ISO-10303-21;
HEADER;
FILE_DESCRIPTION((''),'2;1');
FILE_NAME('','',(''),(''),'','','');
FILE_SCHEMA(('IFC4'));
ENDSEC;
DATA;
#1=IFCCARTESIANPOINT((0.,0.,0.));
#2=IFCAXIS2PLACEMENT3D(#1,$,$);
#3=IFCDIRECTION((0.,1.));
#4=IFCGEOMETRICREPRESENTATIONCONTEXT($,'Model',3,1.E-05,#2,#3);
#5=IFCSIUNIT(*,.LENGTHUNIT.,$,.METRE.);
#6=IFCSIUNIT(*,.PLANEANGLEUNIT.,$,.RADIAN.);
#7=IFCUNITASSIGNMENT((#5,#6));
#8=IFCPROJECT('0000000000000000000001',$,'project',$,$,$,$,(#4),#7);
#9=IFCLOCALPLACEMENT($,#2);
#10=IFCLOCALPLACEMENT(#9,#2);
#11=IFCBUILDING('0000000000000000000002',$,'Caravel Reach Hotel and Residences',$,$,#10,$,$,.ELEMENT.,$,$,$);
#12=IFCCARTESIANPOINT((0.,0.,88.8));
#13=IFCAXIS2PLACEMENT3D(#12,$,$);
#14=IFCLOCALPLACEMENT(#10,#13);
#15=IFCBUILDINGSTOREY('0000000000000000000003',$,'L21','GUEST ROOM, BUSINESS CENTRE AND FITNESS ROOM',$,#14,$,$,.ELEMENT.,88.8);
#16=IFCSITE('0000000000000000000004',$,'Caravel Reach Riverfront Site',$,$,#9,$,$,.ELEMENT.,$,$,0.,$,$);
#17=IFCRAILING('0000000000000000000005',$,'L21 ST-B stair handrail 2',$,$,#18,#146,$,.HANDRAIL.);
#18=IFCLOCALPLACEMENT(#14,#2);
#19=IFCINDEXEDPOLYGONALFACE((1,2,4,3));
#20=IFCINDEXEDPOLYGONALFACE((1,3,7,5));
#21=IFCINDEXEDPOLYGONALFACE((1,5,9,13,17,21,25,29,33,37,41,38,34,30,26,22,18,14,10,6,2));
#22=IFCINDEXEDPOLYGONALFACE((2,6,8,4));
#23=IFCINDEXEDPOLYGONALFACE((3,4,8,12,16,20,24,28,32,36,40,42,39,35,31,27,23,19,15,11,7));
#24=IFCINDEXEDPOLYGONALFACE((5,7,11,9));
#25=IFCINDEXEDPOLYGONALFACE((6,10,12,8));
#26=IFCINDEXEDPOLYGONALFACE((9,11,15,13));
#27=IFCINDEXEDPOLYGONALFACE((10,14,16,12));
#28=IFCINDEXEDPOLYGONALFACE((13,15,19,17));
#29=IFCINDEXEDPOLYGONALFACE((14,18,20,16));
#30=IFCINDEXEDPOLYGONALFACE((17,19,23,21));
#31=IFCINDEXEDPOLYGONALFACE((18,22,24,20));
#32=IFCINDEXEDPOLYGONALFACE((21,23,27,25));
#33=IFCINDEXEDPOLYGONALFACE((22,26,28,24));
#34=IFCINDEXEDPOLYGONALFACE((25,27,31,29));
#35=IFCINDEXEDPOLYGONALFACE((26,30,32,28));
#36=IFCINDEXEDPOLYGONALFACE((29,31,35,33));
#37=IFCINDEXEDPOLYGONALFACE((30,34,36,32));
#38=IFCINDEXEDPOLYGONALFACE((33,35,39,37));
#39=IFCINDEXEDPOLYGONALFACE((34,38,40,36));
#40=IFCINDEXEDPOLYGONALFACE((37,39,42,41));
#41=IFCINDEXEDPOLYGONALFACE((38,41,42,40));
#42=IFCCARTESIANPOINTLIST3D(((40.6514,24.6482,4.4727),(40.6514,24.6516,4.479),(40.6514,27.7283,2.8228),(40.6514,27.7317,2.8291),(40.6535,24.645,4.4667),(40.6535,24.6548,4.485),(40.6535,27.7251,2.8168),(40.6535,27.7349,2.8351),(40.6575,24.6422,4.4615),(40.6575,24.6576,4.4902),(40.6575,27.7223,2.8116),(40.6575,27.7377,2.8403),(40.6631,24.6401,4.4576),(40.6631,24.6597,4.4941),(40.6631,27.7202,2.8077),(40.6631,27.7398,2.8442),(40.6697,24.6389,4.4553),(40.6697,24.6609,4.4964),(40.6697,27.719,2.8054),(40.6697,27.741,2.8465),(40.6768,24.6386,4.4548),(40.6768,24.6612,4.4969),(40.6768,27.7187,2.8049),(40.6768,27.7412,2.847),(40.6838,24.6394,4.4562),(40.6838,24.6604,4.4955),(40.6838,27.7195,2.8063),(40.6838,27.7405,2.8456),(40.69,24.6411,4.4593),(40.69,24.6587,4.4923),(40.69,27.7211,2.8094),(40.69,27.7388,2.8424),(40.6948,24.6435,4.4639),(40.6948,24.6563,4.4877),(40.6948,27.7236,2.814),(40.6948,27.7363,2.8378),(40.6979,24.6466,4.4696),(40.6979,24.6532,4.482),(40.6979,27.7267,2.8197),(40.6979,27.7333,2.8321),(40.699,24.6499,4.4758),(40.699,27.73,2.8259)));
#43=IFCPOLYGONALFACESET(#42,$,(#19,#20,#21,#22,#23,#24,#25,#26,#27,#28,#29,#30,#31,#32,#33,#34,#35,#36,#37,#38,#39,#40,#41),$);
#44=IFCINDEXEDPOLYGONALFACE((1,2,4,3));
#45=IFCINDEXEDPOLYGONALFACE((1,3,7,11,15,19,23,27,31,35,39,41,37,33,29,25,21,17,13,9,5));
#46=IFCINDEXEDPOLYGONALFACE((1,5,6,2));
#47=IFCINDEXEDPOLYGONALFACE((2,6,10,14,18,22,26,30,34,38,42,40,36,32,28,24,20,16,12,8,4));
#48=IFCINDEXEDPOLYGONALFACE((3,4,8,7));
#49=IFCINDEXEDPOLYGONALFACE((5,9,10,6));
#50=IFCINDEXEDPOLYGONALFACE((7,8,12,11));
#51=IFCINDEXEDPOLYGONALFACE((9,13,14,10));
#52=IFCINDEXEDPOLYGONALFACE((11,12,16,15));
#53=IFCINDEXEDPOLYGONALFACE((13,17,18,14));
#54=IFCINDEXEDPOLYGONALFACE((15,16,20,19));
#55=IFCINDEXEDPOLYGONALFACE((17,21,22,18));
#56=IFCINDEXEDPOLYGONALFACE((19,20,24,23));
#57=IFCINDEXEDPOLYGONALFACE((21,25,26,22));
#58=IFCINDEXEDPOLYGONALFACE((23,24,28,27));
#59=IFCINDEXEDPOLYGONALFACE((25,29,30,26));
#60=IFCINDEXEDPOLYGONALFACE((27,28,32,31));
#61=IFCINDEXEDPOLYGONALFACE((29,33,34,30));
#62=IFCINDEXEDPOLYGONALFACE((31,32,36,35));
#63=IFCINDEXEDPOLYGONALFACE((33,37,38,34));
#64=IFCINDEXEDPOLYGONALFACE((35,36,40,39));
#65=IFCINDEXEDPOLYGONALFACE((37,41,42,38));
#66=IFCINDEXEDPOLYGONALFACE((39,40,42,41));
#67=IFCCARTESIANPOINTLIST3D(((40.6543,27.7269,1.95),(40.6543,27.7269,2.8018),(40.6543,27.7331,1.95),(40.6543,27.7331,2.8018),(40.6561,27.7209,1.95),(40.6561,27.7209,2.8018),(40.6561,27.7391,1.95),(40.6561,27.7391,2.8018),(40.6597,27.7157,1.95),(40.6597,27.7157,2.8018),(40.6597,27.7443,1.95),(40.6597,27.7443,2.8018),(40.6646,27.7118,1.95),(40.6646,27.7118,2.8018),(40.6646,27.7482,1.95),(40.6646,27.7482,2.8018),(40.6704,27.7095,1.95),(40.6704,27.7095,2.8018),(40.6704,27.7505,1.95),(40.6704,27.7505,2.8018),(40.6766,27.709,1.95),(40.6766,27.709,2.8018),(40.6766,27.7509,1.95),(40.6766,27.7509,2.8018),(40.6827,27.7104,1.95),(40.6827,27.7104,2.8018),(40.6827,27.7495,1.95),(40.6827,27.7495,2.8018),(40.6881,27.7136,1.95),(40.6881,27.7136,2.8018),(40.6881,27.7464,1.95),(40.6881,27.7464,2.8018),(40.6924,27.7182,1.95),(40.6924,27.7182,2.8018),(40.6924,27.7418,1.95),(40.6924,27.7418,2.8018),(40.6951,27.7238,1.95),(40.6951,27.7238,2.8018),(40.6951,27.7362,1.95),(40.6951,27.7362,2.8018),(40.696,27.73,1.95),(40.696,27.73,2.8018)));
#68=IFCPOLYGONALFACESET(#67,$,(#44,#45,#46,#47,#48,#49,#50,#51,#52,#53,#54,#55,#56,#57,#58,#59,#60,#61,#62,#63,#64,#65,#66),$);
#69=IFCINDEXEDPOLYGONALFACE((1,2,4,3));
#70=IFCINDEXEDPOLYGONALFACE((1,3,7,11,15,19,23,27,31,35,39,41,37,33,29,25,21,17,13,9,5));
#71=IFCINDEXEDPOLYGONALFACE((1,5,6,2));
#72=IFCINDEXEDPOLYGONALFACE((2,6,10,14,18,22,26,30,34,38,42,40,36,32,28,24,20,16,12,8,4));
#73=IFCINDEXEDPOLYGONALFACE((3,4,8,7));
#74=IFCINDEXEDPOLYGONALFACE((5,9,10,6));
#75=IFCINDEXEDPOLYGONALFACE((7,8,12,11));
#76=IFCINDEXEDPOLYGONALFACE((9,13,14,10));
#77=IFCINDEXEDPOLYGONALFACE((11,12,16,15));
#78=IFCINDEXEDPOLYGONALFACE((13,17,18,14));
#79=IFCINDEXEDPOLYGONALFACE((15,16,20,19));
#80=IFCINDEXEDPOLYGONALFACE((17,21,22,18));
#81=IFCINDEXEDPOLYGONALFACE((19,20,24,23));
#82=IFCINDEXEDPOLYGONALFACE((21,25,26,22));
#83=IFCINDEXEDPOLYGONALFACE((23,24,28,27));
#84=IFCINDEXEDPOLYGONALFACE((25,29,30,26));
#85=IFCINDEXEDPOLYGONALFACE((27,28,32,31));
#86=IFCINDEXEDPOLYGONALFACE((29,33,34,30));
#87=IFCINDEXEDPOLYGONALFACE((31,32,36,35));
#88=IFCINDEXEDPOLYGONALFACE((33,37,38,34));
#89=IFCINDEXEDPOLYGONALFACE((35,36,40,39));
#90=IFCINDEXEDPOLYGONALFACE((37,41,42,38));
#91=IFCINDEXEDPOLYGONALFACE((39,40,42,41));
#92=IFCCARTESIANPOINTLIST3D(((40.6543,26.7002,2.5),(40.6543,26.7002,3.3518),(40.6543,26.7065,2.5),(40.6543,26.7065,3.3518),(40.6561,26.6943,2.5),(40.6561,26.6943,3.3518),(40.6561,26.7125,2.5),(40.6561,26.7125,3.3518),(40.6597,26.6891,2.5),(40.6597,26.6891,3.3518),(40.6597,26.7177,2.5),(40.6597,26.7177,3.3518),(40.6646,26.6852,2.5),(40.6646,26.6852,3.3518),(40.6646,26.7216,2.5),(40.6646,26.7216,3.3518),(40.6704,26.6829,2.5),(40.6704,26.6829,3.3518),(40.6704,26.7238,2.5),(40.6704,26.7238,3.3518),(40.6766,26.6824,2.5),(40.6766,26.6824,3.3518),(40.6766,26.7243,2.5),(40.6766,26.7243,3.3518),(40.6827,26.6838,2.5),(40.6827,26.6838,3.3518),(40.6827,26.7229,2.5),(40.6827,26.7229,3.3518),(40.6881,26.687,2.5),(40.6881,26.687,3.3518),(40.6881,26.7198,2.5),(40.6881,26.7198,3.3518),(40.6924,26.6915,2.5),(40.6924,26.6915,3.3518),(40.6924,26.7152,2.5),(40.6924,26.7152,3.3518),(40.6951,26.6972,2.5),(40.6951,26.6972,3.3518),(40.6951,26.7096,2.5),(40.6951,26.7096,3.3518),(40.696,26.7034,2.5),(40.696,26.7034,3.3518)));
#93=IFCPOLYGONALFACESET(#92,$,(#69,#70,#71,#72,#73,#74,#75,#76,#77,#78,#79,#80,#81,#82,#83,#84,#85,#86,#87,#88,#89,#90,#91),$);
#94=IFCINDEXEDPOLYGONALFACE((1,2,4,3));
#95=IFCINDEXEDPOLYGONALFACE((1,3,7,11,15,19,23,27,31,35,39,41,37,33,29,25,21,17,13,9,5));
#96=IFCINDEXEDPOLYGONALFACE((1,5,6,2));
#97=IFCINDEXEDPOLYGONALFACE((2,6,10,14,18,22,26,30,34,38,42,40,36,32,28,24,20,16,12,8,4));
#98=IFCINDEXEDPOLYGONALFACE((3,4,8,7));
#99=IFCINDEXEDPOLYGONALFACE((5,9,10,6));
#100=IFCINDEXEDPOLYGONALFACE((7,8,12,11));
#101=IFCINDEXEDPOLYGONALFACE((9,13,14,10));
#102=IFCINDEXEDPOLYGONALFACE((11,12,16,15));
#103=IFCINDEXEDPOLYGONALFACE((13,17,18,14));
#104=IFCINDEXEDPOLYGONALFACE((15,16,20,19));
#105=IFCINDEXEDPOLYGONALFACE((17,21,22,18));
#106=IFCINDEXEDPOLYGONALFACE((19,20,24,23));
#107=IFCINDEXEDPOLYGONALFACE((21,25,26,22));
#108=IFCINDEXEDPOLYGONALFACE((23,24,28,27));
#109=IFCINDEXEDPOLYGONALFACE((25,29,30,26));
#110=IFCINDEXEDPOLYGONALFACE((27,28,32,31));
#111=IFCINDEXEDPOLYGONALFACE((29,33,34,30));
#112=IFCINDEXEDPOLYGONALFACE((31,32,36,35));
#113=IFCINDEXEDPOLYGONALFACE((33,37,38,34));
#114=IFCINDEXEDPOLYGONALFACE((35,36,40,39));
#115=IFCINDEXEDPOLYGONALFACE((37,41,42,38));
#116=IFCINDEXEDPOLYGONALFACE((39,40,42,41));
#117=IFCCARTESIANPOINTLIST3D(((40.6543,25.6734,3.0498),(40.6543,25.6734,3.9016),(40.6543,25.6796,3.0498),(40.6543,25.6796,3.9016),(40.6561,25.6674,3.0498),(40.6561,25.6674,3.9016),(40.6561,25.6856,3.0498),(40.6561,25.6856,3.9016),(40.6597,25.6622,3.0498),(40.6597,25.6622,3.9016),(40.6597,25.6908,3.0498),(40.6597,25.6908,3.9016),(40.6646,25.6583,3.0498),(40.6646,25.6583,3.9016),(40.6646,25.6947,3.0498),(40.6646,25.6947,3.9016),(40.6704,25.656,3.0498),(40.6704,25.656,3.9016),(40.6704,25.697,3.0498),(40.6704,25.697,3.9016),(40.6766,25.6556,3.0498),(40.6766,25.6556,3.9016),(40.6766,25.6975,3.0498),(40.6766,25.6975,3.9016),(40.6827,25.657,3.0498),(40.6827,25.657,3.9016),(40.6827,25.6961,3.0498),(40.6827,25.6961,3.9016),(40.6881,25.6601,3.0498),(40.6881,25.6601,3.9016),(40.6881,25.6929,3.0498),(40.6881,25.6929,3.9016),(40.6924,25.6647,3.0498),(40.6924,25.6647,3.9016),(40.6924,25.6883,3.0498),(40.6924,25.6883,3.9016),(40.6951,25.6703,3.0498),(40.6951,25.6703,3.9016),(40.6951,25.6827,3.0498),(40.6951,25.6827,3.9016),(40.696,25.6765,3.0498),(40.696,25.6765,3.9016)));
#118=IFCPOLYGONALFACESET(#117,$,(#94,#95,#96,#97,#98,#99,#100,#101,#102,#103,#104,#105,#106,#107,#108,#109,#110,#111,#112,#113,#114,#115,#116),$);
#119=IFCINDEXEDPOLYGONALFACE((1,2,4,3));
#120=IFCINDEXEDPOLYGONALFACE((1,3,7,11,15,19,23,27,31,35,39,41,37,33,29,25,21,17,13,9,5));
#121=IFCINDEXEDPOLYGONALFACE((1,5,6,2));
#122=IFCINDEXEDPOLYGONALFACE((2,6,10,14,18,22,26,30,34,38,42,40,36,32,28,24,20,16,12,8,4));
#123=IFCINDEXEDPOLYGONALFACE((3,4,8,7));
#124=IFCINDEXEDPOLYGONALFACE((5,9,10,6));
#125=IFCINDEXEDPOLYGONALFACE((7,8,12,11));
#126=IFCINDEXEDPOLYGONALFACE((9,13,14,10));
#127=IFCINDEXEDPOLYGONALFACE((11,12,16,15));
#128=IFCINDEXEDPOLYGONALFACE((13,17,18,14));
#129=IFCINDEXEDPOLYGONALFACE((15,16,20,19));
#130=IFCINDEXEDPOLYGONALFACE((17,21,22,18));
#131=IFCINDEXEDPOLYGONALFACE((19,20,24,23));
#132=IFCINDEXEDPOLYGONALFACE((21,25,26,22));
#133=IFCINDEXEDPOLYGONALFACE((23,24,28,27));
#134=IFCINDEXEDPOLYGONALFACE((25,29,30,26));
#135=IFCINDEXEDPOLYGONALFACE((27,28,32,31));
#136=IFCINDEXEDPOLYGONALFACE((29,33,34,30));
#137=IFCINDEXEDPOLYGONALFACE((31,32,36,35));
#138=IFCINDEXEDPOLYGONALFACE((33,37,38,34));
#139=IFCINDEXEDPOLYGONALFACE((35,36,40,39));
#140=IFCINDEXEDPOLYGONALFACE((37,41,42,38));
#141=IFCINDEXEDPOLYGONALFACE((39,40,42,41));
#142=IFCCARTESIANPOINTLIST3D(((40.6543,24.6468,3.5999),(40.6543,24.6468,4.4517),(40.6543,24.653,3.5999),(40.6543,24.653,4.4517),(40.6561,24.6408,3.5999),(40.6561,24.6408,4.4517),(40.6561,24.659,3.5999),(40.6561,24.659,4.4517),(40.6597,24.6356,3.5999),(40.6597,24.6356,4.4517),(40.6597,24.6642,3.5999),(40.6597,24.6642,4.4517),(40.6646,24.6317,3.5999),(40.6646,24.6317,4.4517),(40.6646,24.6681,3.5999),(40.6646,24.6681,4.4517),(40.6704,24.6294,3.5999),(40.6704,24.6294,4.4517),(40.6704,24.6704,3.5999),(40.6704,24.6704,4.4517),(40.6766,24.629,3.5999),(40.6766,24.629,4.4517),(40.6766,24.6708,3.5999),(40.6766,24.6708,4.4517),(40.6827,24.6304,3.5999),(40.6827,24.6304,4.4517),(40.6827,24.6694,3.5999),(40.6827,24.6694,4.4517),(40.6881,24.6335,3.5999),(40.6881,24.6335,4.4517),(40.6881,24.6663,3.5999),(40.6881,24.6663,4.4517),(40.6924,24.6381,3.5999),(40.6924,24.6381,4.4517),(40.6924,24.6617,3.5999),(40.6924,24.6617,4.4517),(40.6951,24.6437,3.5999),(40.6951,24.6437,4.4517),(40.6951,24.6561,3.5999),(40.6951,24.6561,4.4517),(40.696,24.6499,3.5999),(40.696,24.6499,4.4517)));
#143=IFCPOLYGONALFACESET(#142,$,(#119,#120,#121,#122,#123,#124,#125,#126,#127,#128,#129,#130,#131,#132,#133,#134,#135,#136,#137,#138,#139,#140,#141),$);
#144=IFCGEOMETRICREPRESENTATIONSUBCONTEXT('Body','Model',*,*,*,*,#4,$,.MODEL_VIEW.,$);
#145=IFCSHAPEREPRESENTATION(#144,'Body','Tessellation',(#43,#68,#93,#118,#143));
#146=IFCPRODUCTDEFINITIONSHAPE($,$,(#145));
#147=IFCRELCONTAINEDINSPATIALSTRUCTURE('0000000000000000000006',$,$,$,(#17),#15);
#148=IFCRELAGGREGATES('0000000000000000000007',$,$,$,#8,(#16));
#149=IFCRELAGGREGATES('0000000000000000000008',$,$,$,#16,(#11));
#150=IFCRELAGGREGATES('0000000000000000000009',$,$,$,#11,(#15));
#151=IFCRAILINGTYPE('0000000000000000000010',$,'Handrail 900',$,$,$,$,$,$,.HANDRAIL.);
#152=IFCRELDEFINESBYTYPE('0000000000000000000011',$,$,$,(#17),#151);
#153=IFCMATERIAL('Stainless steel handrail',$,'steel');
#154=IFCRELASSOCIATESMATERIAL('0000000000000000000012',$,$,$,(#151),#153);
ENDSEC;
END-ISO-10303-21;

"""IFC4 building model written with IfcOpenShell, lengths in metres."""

from ifc_helpers import new_model, si_unit, direction, frame, origin, origin_2d, place, context, subcontext, project, spatial, circle, extrude, material, type_object, element, save


model = new_model("IFC4")

# Units and contexts
model_context = context("Model", 3, precision=1e-05, world=origin(), true_north=direction((0.0, 1.0)))
body_context = subcontext(model_context, "Body", "Model", "MODEL_VIEW")
ifc_project = project(units=[si_unit("LENGTHUNIT", "METRE"), si_unit("PLANEANGLEUNIT", "RADIAN")], contexts=[model_context])

# Site, building, storey
site_placement = place(None, origin())
site = spatial("IfcSite", under=ifc_project, at=site_placement, Name="Caravel Reach Riverfront Site", CompositionType="ELEMENT", RefElevation=0.0)
building_placement = place(site_placement, origin())
building = spatial("IfcBuilding", under=site, at=building_placement, Name="Caravel Reach Hotel and Residences", CompositionType="ELEMENT")
storey_placement = place(building_placement, frame((0.0, 0.0, 88.8)))
storey = spatial("IfcBuildingStorey", under=building, at=storey_placement, Name="L21", Description="GUEST ROOM, BUSINESS CENTRE AND FITNESS ROOM", CompositionType="ELEMENT", Elevation=88.8)

# Railing
ifc_material_1 = material(Name="Stainless steel handrail", Category="steel")
railing_type_1 = type_object("IfcRailingType", Name="Handrail 900", PredefinedType="HANDRAIL", material=ifc_material_1)
railing_1_placement = place(storey_placement, frame((40.675, 27.73, 1.95)))
element("IfcRailing", 1, at=railing_1_placement, inside=storey, type_object=railing_type_1, Name="L21 ST-B stair handrail 2", PredefinedType="HANDRAIL", context=body_context, shape_type="SweptSolid", body=[
    extrude(circle(Radius=0.0239, at=origin_2d()), frame((0.0, 0.0, 0.876), z_axis=(0.0, -0.881497, 0.47219), x_axis=(1.0, 0.0, 0.0)), (0.0, 0.0, 1.0), 3.4941),
    extrude(circle(Radius=0.021, at=origin_2d()), origin(), (0.0, 0.0, 1.0), 0.8518),
    extrude(circle(Radius=0.021, at=origin_2d()), frame((0.0, -1.0266, 0.55)), (0.0, 0.0, 1.0), 0.8518),
    extrude(circle(Radius=0.021, at=origin_2d()), frame((0.0, -2.0535, 1.0999)), (0.0, 0.0, 1.0), 0.8518),
    extrude(circle(Radius=0.021, at=origin_2d()), frame((0.0, -3.0801, 1.6499)), (0.0, 0.0, 1.0), 0.8518),
])

save(model, "model.ifc")
